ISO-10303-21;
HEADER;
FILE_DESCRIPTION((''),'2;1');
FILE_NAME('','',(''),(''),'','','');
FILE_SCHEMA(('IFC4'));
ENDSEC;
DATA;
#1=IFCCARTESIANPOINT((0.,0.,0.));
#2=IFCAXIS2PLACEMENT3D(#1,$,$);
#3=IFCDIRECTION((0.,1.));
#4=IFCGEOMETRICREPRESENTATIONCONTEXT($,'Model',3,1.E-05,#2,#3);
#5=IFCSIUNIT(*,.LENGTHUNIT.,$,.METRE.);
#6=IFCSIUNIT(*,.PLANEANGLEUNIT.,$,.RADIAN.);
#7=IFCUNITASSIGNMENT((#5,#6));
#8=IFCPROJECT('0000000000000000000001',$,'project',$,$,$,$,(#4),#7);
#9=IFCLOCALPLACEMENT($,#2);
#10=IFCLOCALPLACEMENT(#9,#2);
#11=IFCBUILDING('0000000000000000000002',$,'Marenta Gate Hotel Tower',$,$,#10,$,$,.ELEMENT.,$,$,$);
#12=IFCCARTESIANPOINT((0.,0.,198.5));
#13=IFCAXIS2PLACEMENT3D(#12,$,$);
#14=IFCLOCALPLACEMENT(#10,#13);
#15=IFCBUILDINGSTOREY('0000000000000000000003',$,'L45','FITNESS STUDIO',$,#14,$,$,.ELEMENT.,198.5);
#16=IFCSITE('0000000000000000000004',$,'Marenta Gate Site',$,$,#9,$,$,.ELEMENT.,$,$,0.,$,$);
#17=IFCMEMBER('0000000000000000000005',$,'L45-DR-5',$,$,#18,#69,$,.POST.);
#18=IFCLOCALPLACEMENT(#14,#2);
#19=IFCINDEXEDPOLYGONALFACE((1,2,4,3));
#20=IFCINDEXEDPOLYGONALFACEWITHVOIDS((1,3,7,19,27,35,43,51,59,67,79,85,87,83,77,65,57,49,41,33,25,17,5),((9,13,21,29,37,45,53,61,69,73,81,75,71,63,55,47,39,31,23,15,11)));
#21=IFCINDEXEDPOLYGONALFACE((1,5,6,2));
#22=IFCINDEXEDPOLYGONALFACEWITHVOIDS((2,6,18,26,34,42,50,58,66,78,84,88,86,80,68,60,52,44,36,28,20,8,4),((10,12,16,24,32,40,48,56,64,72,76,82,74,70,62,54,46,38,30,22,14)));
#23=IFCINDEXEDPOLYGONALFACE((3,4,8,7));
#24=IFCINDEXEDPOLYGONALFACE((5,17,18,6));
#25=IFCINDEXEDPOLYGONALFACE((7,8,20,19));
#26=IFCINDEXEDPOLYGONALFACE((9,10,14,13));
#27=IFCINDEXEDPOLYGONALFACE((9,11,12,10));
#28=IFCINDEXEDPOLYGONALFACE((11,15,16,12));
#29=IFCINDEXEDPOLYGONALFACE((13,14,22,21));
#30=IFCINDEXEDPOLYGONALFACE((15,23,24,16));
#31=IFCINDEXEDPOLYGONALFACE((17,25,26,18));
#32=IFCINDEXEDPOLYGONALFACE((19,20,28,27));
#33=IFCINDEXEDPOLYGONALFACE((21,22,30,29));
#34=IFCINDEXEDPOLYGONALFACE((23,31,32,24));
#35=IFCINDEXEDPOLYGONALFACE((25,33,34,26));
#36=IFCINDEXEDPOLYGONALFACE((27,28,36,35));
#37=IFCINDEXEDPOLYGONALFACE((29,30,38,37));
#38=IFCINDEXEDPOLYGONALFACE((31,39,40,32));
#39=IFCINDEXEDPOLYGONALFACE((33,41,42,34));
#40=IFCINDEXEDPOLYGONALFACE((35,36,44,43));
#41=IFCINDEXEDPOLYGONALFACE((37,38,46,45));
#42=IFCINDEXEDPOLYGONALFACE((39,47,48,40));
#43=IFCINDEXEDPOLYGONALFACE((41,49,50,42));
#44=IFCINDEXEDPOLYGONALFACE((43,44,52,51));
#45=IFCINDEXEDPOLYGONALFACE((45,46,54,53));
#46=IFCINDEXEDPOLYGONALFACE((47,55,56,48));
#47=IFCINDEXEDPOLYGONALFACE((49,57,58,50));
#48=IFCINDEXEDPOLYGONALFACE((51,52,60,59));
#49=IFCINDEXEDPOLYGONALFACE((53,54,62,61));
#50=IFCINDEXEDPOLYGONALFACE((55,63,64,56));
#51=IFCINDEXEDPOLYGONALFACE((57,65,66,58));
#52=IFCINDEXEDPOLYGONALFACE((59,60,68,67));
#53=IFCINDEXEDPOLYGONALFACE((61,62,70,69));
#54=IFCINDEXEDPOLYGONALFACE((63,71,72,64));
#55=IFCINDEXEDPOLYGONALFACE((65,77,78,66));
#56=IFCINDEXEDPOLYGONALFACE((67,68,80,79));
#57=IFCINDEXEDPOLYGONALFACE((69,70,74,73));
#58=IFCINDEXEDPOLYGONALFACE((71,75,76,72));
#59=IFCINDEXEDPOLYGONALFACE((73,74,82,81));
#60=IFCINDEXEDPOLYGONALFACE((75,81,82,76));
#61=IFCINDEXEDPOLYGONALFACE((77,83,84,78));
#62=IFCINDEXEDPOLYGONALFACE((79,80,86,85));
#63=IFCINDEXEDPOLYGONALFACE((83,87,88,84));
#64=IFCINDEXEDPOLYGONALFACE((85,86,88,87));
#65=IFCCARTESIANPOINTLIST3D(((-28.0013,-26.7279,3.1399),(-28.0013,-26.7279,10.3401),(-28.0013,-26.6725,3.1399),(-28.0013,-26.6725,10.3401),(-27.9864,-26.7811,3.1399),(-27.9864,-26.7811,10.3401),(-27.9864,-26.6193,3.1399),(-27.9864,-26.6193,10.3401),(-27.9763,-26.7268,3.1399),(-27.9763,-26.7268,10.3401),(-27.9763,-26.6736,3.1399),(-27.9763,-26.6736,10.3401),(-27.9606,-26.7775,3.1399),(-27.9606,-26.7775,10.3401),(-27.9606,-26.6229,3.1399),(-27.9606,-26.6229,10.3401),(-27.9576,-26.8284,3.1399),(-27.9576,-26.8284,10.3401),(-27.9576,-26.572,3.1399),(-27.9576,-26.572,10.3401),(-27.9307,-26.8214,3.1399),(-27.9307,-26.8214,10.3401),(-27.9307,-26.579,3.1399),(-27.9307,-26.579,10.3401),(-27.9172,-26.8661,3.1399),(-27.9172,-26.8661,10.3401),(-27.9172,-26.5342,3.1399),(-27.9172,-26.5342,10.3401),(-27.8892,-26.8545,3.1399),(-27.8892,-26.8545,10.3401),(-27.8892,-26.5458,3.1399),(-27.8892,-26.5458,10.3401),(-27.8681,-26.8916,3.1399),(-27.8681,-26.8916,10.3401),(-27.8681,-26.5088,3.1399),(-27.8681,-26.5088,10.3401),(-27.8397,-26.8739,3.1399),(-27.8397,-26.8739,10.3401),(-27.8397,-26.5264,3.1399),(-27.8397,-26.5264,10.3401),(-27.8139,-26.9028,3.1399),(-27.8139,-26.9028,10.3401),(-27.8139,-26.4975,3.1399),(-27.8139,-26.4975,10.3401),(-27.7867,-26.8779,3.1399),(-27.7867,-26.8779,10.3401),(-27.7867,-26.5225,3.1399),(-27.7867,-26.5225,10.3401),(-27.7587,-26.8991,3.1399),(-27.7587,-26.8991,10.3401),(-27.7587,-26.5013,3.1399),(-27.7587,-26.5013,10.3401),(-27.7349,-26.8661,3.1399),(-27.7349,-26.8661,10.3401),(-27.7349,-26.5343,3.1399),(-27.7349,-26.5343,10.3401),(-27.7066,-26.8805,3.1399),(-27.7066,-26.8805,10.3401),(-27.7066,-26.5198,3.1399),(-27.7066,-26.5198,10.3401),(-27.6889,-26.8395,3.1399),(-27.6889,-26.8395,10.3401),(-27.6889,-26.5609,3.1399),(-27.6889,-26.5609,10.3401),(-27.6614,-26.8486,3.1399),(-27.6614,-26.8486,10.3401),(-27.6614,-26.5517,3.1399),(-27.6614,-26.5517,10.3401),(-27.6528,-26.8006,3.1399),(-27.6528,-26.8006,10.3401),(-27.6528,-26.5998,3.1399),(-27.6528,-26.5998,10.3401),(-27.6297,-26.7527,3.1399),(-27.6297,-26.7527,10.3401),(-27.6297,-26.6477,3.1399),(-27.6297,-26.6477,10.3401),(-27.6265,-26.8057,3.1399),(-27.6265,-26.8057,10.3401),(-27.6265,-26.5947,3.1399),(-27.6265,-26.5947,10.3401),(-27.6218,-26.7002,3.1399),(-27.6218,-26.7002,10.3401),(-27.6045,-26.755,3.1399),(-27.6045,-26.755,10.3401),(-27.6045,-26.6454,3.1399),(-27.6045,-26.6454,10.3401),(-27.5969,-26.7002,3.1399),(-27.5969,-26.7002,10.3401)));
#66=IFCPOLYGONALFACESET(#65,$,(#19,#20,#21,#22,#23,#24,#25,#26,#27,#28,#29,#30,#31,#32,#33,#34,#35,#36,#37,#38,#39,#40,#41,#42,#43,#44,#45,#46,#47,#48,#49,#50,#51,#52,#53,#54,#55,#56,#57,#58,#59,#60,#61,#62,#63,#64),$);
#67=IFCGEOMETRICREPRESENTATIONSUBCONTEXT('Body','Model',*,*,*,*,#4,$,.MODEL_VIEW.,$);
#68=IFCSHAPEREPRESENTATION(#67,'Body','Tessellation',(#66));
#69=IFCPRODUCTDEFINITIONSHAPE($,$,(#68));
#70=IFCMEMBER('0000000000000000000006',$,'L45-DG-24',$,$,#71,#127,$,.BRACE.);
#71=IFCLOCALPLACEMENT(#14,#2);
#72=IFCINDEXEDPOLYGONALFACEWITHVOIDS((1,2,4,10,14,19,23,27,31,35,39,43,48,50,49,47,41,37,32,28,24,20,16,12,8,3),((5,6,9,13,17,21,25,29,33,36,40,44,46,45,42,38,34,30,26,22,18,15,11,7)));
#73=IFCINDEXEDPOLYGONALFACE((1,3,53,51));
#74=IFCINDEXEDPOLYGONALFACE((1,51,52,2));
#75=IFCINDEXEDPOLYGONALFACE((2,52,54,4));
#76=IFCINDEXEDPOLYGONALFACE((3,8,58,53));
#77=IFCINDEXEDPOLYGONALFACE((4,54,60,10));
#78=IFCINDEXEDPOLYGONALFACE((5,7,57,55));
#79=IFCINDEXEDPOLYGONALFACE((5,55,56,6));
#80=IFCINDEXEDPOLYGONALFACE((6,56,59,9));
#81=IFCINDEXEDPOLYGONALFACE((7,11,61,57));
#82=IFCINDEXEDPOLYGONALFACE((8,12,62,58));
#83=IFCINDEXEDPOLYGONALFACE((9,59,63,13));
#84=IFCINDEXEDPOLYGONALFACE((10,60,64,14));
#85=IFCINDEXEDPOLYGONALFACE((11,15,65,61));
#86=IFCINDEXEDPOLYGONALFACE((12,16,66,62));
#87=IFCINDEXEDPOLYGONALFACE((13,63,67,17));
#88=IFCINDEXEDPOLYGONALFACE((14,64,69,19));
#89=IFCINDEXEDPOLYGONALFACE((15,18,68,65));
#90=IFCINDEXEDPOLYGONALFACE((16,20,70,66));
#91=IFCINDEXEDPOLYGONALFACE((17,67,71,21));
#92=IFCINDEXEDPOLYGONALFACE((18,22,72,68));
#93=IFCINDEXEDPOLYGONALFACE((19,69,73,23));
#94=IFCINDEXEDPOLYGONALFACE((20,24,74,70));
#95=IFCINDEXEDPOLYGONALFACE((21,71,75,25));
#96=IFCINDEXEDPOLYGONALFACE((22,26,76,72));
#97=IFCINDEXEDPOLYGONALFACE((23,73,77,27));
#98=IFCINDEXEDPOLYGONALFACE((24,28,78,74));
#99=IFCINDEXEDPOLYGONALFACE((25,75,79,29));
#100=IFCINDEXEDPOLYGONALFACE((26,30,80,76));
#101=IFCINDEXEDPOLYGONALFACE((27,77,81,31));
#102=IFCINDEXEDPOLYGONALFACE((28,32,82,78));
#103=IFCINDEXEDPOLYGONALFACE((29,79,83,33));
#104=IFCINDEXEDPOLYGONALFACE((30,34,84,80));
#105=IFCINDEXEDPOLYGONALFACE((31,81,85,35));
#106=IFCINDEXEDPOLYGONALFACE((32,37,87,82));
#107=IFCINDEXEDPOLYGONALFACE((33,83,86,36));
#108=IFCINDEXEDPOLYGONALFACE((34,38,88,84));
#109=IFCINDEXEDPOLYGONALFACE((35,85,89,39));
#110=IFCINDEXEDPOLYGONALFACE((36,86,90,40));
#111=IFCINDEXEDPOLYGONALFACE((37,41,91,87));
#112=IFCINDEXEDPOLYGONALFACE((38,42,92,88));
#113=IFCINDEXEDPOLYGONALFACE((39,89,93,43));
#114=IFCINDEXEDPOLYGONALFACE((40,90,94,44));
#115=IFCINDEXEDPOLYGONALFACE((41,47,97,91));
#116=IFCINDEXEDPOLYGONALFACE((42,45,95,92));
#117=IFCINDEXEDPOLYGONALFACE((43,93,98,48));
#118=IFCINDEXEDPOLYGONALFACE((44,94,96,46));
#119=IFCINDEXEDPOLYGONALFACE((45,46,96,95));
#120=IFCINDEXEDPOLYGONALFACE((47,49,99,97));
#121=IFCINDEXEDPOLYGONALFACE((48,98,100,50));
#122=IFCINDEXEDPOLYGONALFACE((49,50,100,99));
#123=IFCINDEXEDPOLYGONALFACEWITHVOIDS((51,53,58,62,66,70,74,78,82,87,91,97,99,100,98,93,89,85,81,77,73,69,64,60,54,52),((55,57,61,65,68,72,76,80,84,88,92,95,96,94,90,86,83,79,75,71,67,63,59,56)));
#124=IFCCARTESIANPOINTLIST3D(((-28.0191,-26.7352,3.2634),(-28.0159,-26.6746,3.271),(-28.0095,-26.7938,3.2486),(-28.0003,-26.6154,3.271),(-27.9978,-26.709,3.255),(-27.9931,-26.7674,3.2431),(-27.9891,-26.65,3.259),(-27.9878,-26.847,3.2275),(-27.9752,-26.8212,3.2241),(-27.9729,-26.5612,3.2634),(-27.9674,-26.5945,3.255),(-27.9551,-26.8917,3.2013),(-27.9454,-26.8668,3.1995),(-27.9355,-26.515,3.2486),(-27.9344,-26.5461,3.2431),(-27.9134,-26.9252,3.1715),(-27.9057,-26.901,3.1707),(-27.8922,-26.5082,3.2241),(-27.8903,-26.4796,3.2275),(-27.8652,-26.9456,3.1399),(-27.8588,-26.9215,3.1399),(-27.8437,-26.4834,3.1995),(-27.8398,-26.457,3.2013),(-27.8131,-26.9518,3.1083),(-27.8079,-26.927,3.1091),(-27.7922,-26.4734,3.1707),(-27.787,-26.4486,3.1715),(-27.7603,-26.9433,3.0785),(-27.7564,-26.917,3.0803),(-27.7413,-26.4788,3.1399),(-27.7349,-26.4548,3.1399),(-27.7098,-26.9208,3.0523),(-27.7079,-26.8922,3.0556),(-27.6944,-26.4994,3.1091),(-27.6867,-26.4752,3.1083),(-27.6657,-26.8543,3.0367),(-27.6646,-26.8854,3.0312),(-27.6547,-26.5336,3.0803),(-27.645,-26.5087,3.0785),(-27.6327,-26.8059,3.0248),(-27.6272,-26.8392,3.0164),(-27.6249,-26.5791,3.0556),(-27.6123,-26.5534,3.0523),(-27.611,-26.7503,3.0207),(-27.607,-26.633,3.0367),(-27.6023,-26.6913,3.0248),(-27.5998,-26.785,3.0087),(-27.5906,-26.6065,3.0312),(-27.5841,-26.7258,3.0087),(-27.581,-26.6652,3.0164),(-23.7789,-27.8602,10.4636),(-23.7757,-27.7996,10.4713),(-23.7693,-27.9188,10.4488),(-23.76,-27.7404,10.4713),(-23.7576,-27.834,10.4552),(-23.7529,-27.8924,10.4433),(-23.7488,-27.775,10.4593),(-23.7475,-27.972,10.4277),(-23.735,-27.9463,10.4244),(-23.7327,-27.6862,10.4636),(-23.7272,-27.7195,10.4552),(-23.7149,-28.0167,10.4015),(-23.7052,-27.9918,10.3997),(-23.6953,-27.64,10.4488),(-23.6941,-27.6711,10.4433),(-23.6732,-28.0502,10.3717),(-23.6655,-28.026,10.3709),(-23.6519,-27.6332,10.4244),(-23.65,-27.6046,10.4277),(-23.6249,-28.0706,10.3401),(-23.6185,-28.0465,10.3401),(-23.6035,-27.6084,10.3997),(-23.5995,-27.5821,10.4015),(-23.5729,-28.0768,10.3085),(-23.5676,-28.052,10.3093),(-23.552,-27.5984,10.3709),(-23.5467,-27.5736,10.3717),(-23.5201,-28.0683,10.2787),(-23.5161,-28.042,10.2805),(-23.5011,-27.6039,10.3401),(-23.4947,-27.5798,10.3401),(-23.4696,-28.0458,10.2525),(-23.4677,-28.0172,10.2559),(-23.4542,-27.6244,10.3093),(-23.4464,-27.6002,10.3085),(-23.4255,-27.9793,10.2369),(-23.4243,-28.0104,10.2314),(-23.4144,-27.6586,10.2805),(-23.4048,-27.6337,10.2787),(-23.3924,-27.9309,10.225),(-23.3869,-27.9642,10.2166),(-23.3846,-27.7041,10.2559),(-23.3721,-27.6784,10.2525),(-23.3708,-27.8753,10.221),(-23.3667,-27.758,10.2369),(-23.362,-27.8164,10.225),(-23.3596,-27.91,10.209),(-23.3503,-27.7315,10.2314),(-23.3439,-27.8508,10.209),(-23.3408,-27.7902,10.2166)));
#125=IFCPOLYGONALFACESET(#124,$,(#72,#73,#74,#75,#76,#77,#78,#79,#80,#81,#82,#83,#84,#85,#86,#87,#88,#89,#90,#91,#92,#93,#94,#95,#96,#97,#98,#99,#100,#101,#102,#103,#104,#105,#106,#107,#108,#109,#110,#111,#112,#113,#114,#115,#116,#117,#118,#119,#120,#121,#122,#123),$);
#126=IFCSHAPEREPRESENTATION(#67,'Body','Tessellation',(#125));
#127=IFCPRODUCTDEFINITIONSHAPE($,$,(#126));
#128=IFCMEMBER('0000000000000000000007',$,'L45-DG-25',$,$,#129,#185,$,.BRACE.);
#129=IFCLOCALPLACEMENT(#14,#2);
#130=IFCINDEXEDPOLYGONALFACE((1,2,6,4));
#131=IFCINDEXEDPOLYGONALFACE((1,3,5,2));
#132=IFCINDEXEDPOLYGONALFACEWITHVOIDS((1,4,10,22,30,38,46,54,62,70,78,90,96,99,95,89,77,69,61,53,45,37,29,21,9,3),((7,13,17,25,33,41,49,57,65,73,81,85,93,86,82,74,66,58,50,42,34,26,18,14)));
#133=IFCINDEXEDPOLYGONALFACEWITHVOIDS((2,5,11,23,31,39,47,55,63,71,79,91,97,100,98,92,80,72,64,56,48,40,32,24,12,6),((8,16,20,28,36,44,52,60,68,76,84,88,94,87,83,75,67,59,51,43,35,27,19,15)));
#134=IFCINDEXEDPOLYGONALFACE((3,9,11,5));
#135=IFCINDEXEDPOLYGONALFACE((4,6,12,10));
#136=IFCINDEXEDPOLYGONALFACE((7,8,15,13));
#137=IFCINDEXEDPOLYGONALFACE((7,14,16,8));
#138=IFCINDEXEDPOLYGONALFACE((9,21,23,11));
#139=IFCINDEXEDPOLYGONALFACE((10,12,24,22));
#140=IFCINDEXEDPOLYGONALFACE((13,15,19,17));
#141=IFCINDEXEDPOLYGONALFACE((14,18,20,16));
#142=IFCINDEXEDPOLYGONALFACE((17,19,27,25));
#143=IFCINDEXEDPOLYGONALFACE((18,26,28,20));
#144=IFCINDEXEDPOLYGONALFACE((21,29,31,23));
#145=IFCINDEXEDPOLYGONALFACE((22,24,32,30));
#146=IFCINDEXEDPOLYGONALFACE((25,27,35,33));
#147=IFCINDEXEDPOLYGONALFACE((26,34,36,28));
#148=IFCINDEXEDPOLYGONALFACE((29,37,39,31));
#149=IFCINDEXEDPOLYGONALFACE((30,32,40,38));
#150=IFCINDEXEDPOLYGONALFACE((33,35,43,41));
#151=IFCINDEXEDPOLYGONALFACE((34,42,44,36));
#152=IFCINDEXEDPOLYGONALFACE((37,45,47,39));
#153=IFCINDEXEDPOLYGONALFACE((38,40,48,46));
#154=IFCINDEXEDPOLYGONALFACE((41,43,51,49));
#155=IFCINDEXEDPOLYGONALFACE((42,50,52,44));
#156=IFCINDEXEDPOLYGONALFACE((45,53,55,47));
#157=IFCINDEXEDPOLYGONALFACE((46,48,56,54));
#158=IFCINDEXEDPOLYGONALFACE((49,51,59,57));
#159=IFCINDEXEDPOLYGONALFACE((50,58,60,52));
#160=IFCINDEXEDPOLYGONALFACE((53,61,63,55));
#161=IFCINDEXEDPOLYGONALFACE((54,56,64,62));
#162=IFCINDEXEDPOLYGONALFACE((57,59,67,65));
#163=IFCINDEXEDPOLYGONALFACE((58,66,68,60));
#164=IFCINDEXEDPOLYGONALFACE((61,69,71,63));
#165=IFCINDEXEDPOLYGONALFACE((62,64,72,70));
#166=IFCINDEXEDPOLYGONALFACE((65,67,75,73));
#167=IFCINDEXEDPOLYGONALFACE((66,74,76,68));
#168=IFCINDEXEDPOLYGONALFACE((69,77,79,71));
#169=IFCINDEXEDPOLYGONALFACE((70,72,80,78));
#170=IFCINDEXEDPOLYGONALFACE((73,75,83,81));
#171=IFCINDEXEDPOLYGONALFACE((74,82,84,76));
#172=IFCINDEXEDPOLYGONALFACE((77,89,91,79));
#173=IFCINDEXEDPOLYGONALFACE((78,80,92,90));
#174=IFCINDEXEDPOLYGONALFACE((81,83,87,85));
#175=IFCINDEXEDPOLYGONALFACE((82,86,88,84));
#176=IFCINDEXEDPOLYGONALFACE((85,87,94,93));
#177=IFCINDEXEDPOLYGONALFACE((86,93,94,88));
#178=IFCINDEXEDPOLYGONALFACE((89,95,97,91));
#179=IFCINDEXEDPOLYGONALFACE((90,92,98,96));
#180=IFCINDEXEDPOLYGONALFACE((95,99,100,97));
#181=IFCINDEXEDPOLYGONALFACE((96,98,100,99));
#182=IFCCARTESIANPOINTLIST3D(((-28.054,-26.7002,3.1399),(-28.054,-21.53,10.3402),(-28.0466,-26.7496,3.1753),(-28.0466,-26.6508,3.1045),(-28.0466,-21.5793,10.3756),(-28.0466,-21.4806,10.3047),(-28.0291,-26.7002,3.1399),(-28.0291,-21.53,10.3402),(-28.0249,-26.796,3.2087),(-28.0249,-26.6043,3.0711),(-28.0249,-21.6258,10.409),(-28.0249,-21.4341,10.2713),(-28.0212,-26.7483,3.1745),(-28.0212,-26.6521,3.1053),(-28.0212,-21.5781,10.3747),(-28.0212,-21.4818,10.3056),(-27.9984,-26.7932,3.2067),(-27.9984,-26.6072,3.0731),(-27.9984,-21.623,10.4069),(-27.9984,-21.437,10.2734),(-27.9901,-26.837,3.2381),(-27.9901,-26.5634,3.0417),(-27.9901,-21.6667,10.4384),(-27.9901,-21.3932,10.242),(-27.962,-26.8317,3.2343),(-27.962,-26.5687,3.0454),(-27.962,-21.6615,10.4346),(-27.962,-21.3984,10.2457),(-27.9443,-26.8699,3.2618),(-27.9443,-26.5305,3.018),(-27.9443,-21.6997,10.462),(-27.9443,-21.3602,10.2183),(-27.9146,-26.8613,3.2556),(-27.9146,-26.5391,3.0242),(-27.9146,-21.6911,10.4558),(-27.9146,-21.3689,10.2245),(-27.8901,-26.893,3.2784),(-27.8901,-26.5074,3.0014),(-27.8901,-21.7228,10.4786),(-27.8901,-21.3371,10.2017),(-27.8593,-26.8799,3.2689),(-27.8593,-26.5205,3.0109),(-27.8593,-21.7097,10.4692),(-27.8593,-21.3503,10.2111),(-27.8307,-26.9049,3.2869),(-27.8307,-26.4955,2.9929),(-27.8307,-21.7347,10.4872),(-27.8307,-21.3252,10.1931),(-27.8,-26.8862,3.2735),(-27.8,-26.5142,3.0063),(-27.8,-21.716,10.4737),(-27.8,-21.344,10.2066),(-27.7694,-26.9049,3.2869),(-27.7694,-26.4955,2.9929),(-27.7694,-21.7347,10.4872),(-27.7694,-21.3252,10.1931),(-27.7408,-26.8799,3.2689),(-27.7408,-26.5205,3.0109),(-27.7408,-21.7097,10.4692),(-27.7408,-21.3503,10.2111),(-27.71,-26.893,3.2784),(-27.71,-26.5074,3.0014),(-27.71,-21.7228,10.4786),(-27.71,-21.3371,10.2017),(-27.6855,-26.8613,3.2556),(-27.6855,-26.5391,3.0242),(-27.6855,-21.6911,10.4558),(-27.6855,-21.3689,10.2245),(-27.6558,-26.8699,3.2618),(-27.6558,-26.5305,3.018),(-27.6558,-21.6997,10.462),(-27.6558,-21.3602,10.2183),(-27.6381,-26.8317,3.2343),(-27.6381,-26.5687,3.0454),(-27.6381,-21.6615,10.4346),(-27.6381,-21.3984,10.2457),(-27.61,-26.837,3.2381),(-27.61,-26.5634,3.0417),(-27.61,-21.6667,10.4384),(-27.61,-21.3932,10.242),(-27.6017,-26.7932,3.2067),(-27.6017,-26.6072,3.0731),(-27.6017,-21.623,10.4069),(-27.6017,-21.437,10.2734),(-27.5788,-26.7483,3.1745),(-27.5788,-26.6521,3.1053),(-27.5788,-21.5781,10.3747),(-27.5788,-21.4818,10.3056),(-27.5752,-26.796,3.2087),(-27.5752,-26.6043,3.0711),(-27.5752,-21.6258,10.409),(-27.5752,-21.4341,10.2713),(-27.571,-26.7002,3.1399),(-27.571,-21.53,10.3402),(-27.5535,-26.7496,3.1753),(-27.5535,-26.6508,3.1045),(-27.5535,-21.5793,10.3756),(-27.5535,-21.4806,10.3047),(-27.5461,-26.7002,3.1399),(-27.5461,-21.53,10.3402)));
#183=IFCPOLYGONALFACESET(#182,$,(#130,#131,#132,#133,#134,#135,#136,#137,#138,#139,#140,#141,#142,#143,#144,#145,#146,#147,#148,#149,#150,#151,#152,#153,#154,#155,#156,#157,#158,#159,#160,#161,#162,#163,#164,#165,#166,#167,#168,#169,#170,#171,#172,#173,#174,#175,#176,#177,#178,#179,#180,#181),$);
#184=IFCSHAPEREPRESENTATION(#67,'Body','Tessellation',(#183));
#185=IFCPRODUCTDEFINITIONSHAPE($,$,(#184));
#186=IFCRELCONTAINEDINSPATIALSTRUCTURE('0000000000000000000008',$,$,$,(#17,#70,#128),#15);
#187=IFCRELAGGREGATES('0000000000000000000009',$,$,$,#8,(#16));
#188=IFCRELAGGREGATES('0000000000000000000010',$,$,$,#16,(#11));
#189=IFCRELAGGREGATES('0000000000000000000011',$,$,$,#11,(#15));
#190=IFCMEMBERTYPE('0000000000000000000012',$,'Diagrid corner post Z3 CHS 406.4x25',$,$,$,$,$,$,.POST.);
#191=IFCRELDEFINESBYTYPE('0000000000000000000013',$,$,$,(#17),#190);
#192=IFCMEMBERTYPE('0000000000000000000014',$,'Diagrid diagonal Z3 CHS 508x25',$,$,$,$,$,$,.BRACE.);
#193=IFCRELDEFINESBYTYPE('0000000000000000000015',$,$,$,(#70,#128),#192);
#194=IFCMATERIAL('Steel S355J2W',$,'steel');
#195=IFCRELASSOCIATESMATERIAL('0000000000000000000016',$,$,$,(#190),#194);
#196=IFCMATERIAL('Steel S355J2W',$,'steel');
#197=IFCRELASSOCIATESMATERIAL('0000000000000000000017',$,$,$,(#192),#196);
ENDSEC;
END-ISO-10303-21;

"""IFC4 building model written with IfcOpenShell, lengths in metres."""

from ifc_helpers import new_model, si_unit, direction, frame, origin, origin_2d, place, context, subcontext, project, spatial, hollow_circle, extrude, material, material_profile, profile_set, type_object, element, save


model = new_model("IFC4")

# Units and contexts
model_context = context("Model", 3, precision=1e-05, world=origin(), true_north=direction((0.0, 1.0)))
body_context = subcontext(model_context, "Body", "Model", "MODEL_VIEW")
ifc_project = project(units=[si_unit("LENGTHUNIT", "METRE"), si_unit("PLANEANGLEUNIT", "RADIAN")], contexts=[model_context])

# Site, building, storey
site_placement = place(None, origin())
site = spatial("IfcSite", under=ifc_project, at=site_placement, Name="Marenta Gate Site", CompositionType="ELEMENT", RefElevation=0.0)
building_placement = place(site_placement, origin())
building = spatial("IfcBuilding", under=site, at=building_placement, Name="Marenta Gate Hotel Tower", CompositionType="ELEMENT")
storey_placement = place(building_placement, frame((0.0, 0.0, 198.5)))
storey = spatial("IfcBuildingStorey", under=building, at=storey_placement, Name="L45", Description="FITNESS STUDIO", CompositionType="ELEMENT", Elevation=198.5)

# Members
ifc_material_1 = material(Name="Steel S355J2W", Category="steel")
ifc_material_profile_1 = material_profile(ifc_material_1, hollow_circle(Radius=0.2031, WallThickness=0.0249, at=origin_2d()), Name="CHS 406.4x25")
ifc_profile_set_1 = profile_set([ifc_material_profile_1], Name="Steel S355J2W")
member_type_1 = type_object("IfcMemberType", Name="Diagrid corner post Z3 CHS 406.4x25", PredefinedType="POST", material=ifc_profile_set_1)
member_1_placement = place(storey_placement, frame((-27.8, -26.7002, 3.1399), z_axis=(0.0, 0.0, 1.0), x_axis=(1.0, 0.0, 0.0)))
element("IfcMember", 1, at=member_1_placement, inside=storey, type_object=member_type_1, Name="L45-DR-5", PredefinedType="POST", context=body_context, shape_type="SweptSolid", body=[
    extrude(hollow_circle(Radius=0.2031, WallThickness=0.0249, at=origin_2d()), origin(), (0.0, 0.0, 1.0), 7.2002),
])
ifc_material_2 = material(Name="Steel S355J2W", Category="steel")
ifc_material_profile_2 = material_profile(ifc_material_2, hollow_circle(Radius=0.2539, WallThickness=0.0249, at=origin_2d()), Name="CHS 508x25")
ifc_profile_set_2 = profile_set([ifc_material_profile_2], Name="Steel S355J2W")
member_type_2 = type_object("IfcMemberType", Name="Diagrid diagonal Z3 CHS 508x25", PredefinedType="BRACE", material=ifc_profile_set_2)
member_2_placement = place(storey_placement, frame((-27.8, -26.7002, 3.1399), z_axis=(0.502912, -0.13343, 0.853977), x_axis=(0.256443, 0.966559, 0.0)))
element("IfcMember", 2, at=member_2_placement, inside=storey, type_object=member_type_2, Name="L45-DG-24", PredefinedType="BRACE", context=body_context, shape_type="SweptSolid", body=[
    extrude(hollow_circle(Radius=0.2539, WallThickness=0.0249, at=origin_2d()), origin(), (0.0, 0.0, 1.0), 8.4314),
])
member_3_placement = place(storey_placement, frame((-27.8, -26.7002, 3.1399), z_axis=(0.0, 0.583266, 0.812281), x_axis=(-1.0, 0.0, 0.0)))
element("IfcMember", 3, at=member_3_placement, inside=storey, type_object=member_type_2, Name="L45-DG-25", PredefinedType="BRACE", context=body_context, shape_type="SweptSolid", body=[
    extrude(hollow_circle(Radius=0.2539, WallThickness=0.0249, at=origin_2d()), origin(), (0.0, 0.0, 1.0), 8.8643),
])

save(model, "model.ifc")
